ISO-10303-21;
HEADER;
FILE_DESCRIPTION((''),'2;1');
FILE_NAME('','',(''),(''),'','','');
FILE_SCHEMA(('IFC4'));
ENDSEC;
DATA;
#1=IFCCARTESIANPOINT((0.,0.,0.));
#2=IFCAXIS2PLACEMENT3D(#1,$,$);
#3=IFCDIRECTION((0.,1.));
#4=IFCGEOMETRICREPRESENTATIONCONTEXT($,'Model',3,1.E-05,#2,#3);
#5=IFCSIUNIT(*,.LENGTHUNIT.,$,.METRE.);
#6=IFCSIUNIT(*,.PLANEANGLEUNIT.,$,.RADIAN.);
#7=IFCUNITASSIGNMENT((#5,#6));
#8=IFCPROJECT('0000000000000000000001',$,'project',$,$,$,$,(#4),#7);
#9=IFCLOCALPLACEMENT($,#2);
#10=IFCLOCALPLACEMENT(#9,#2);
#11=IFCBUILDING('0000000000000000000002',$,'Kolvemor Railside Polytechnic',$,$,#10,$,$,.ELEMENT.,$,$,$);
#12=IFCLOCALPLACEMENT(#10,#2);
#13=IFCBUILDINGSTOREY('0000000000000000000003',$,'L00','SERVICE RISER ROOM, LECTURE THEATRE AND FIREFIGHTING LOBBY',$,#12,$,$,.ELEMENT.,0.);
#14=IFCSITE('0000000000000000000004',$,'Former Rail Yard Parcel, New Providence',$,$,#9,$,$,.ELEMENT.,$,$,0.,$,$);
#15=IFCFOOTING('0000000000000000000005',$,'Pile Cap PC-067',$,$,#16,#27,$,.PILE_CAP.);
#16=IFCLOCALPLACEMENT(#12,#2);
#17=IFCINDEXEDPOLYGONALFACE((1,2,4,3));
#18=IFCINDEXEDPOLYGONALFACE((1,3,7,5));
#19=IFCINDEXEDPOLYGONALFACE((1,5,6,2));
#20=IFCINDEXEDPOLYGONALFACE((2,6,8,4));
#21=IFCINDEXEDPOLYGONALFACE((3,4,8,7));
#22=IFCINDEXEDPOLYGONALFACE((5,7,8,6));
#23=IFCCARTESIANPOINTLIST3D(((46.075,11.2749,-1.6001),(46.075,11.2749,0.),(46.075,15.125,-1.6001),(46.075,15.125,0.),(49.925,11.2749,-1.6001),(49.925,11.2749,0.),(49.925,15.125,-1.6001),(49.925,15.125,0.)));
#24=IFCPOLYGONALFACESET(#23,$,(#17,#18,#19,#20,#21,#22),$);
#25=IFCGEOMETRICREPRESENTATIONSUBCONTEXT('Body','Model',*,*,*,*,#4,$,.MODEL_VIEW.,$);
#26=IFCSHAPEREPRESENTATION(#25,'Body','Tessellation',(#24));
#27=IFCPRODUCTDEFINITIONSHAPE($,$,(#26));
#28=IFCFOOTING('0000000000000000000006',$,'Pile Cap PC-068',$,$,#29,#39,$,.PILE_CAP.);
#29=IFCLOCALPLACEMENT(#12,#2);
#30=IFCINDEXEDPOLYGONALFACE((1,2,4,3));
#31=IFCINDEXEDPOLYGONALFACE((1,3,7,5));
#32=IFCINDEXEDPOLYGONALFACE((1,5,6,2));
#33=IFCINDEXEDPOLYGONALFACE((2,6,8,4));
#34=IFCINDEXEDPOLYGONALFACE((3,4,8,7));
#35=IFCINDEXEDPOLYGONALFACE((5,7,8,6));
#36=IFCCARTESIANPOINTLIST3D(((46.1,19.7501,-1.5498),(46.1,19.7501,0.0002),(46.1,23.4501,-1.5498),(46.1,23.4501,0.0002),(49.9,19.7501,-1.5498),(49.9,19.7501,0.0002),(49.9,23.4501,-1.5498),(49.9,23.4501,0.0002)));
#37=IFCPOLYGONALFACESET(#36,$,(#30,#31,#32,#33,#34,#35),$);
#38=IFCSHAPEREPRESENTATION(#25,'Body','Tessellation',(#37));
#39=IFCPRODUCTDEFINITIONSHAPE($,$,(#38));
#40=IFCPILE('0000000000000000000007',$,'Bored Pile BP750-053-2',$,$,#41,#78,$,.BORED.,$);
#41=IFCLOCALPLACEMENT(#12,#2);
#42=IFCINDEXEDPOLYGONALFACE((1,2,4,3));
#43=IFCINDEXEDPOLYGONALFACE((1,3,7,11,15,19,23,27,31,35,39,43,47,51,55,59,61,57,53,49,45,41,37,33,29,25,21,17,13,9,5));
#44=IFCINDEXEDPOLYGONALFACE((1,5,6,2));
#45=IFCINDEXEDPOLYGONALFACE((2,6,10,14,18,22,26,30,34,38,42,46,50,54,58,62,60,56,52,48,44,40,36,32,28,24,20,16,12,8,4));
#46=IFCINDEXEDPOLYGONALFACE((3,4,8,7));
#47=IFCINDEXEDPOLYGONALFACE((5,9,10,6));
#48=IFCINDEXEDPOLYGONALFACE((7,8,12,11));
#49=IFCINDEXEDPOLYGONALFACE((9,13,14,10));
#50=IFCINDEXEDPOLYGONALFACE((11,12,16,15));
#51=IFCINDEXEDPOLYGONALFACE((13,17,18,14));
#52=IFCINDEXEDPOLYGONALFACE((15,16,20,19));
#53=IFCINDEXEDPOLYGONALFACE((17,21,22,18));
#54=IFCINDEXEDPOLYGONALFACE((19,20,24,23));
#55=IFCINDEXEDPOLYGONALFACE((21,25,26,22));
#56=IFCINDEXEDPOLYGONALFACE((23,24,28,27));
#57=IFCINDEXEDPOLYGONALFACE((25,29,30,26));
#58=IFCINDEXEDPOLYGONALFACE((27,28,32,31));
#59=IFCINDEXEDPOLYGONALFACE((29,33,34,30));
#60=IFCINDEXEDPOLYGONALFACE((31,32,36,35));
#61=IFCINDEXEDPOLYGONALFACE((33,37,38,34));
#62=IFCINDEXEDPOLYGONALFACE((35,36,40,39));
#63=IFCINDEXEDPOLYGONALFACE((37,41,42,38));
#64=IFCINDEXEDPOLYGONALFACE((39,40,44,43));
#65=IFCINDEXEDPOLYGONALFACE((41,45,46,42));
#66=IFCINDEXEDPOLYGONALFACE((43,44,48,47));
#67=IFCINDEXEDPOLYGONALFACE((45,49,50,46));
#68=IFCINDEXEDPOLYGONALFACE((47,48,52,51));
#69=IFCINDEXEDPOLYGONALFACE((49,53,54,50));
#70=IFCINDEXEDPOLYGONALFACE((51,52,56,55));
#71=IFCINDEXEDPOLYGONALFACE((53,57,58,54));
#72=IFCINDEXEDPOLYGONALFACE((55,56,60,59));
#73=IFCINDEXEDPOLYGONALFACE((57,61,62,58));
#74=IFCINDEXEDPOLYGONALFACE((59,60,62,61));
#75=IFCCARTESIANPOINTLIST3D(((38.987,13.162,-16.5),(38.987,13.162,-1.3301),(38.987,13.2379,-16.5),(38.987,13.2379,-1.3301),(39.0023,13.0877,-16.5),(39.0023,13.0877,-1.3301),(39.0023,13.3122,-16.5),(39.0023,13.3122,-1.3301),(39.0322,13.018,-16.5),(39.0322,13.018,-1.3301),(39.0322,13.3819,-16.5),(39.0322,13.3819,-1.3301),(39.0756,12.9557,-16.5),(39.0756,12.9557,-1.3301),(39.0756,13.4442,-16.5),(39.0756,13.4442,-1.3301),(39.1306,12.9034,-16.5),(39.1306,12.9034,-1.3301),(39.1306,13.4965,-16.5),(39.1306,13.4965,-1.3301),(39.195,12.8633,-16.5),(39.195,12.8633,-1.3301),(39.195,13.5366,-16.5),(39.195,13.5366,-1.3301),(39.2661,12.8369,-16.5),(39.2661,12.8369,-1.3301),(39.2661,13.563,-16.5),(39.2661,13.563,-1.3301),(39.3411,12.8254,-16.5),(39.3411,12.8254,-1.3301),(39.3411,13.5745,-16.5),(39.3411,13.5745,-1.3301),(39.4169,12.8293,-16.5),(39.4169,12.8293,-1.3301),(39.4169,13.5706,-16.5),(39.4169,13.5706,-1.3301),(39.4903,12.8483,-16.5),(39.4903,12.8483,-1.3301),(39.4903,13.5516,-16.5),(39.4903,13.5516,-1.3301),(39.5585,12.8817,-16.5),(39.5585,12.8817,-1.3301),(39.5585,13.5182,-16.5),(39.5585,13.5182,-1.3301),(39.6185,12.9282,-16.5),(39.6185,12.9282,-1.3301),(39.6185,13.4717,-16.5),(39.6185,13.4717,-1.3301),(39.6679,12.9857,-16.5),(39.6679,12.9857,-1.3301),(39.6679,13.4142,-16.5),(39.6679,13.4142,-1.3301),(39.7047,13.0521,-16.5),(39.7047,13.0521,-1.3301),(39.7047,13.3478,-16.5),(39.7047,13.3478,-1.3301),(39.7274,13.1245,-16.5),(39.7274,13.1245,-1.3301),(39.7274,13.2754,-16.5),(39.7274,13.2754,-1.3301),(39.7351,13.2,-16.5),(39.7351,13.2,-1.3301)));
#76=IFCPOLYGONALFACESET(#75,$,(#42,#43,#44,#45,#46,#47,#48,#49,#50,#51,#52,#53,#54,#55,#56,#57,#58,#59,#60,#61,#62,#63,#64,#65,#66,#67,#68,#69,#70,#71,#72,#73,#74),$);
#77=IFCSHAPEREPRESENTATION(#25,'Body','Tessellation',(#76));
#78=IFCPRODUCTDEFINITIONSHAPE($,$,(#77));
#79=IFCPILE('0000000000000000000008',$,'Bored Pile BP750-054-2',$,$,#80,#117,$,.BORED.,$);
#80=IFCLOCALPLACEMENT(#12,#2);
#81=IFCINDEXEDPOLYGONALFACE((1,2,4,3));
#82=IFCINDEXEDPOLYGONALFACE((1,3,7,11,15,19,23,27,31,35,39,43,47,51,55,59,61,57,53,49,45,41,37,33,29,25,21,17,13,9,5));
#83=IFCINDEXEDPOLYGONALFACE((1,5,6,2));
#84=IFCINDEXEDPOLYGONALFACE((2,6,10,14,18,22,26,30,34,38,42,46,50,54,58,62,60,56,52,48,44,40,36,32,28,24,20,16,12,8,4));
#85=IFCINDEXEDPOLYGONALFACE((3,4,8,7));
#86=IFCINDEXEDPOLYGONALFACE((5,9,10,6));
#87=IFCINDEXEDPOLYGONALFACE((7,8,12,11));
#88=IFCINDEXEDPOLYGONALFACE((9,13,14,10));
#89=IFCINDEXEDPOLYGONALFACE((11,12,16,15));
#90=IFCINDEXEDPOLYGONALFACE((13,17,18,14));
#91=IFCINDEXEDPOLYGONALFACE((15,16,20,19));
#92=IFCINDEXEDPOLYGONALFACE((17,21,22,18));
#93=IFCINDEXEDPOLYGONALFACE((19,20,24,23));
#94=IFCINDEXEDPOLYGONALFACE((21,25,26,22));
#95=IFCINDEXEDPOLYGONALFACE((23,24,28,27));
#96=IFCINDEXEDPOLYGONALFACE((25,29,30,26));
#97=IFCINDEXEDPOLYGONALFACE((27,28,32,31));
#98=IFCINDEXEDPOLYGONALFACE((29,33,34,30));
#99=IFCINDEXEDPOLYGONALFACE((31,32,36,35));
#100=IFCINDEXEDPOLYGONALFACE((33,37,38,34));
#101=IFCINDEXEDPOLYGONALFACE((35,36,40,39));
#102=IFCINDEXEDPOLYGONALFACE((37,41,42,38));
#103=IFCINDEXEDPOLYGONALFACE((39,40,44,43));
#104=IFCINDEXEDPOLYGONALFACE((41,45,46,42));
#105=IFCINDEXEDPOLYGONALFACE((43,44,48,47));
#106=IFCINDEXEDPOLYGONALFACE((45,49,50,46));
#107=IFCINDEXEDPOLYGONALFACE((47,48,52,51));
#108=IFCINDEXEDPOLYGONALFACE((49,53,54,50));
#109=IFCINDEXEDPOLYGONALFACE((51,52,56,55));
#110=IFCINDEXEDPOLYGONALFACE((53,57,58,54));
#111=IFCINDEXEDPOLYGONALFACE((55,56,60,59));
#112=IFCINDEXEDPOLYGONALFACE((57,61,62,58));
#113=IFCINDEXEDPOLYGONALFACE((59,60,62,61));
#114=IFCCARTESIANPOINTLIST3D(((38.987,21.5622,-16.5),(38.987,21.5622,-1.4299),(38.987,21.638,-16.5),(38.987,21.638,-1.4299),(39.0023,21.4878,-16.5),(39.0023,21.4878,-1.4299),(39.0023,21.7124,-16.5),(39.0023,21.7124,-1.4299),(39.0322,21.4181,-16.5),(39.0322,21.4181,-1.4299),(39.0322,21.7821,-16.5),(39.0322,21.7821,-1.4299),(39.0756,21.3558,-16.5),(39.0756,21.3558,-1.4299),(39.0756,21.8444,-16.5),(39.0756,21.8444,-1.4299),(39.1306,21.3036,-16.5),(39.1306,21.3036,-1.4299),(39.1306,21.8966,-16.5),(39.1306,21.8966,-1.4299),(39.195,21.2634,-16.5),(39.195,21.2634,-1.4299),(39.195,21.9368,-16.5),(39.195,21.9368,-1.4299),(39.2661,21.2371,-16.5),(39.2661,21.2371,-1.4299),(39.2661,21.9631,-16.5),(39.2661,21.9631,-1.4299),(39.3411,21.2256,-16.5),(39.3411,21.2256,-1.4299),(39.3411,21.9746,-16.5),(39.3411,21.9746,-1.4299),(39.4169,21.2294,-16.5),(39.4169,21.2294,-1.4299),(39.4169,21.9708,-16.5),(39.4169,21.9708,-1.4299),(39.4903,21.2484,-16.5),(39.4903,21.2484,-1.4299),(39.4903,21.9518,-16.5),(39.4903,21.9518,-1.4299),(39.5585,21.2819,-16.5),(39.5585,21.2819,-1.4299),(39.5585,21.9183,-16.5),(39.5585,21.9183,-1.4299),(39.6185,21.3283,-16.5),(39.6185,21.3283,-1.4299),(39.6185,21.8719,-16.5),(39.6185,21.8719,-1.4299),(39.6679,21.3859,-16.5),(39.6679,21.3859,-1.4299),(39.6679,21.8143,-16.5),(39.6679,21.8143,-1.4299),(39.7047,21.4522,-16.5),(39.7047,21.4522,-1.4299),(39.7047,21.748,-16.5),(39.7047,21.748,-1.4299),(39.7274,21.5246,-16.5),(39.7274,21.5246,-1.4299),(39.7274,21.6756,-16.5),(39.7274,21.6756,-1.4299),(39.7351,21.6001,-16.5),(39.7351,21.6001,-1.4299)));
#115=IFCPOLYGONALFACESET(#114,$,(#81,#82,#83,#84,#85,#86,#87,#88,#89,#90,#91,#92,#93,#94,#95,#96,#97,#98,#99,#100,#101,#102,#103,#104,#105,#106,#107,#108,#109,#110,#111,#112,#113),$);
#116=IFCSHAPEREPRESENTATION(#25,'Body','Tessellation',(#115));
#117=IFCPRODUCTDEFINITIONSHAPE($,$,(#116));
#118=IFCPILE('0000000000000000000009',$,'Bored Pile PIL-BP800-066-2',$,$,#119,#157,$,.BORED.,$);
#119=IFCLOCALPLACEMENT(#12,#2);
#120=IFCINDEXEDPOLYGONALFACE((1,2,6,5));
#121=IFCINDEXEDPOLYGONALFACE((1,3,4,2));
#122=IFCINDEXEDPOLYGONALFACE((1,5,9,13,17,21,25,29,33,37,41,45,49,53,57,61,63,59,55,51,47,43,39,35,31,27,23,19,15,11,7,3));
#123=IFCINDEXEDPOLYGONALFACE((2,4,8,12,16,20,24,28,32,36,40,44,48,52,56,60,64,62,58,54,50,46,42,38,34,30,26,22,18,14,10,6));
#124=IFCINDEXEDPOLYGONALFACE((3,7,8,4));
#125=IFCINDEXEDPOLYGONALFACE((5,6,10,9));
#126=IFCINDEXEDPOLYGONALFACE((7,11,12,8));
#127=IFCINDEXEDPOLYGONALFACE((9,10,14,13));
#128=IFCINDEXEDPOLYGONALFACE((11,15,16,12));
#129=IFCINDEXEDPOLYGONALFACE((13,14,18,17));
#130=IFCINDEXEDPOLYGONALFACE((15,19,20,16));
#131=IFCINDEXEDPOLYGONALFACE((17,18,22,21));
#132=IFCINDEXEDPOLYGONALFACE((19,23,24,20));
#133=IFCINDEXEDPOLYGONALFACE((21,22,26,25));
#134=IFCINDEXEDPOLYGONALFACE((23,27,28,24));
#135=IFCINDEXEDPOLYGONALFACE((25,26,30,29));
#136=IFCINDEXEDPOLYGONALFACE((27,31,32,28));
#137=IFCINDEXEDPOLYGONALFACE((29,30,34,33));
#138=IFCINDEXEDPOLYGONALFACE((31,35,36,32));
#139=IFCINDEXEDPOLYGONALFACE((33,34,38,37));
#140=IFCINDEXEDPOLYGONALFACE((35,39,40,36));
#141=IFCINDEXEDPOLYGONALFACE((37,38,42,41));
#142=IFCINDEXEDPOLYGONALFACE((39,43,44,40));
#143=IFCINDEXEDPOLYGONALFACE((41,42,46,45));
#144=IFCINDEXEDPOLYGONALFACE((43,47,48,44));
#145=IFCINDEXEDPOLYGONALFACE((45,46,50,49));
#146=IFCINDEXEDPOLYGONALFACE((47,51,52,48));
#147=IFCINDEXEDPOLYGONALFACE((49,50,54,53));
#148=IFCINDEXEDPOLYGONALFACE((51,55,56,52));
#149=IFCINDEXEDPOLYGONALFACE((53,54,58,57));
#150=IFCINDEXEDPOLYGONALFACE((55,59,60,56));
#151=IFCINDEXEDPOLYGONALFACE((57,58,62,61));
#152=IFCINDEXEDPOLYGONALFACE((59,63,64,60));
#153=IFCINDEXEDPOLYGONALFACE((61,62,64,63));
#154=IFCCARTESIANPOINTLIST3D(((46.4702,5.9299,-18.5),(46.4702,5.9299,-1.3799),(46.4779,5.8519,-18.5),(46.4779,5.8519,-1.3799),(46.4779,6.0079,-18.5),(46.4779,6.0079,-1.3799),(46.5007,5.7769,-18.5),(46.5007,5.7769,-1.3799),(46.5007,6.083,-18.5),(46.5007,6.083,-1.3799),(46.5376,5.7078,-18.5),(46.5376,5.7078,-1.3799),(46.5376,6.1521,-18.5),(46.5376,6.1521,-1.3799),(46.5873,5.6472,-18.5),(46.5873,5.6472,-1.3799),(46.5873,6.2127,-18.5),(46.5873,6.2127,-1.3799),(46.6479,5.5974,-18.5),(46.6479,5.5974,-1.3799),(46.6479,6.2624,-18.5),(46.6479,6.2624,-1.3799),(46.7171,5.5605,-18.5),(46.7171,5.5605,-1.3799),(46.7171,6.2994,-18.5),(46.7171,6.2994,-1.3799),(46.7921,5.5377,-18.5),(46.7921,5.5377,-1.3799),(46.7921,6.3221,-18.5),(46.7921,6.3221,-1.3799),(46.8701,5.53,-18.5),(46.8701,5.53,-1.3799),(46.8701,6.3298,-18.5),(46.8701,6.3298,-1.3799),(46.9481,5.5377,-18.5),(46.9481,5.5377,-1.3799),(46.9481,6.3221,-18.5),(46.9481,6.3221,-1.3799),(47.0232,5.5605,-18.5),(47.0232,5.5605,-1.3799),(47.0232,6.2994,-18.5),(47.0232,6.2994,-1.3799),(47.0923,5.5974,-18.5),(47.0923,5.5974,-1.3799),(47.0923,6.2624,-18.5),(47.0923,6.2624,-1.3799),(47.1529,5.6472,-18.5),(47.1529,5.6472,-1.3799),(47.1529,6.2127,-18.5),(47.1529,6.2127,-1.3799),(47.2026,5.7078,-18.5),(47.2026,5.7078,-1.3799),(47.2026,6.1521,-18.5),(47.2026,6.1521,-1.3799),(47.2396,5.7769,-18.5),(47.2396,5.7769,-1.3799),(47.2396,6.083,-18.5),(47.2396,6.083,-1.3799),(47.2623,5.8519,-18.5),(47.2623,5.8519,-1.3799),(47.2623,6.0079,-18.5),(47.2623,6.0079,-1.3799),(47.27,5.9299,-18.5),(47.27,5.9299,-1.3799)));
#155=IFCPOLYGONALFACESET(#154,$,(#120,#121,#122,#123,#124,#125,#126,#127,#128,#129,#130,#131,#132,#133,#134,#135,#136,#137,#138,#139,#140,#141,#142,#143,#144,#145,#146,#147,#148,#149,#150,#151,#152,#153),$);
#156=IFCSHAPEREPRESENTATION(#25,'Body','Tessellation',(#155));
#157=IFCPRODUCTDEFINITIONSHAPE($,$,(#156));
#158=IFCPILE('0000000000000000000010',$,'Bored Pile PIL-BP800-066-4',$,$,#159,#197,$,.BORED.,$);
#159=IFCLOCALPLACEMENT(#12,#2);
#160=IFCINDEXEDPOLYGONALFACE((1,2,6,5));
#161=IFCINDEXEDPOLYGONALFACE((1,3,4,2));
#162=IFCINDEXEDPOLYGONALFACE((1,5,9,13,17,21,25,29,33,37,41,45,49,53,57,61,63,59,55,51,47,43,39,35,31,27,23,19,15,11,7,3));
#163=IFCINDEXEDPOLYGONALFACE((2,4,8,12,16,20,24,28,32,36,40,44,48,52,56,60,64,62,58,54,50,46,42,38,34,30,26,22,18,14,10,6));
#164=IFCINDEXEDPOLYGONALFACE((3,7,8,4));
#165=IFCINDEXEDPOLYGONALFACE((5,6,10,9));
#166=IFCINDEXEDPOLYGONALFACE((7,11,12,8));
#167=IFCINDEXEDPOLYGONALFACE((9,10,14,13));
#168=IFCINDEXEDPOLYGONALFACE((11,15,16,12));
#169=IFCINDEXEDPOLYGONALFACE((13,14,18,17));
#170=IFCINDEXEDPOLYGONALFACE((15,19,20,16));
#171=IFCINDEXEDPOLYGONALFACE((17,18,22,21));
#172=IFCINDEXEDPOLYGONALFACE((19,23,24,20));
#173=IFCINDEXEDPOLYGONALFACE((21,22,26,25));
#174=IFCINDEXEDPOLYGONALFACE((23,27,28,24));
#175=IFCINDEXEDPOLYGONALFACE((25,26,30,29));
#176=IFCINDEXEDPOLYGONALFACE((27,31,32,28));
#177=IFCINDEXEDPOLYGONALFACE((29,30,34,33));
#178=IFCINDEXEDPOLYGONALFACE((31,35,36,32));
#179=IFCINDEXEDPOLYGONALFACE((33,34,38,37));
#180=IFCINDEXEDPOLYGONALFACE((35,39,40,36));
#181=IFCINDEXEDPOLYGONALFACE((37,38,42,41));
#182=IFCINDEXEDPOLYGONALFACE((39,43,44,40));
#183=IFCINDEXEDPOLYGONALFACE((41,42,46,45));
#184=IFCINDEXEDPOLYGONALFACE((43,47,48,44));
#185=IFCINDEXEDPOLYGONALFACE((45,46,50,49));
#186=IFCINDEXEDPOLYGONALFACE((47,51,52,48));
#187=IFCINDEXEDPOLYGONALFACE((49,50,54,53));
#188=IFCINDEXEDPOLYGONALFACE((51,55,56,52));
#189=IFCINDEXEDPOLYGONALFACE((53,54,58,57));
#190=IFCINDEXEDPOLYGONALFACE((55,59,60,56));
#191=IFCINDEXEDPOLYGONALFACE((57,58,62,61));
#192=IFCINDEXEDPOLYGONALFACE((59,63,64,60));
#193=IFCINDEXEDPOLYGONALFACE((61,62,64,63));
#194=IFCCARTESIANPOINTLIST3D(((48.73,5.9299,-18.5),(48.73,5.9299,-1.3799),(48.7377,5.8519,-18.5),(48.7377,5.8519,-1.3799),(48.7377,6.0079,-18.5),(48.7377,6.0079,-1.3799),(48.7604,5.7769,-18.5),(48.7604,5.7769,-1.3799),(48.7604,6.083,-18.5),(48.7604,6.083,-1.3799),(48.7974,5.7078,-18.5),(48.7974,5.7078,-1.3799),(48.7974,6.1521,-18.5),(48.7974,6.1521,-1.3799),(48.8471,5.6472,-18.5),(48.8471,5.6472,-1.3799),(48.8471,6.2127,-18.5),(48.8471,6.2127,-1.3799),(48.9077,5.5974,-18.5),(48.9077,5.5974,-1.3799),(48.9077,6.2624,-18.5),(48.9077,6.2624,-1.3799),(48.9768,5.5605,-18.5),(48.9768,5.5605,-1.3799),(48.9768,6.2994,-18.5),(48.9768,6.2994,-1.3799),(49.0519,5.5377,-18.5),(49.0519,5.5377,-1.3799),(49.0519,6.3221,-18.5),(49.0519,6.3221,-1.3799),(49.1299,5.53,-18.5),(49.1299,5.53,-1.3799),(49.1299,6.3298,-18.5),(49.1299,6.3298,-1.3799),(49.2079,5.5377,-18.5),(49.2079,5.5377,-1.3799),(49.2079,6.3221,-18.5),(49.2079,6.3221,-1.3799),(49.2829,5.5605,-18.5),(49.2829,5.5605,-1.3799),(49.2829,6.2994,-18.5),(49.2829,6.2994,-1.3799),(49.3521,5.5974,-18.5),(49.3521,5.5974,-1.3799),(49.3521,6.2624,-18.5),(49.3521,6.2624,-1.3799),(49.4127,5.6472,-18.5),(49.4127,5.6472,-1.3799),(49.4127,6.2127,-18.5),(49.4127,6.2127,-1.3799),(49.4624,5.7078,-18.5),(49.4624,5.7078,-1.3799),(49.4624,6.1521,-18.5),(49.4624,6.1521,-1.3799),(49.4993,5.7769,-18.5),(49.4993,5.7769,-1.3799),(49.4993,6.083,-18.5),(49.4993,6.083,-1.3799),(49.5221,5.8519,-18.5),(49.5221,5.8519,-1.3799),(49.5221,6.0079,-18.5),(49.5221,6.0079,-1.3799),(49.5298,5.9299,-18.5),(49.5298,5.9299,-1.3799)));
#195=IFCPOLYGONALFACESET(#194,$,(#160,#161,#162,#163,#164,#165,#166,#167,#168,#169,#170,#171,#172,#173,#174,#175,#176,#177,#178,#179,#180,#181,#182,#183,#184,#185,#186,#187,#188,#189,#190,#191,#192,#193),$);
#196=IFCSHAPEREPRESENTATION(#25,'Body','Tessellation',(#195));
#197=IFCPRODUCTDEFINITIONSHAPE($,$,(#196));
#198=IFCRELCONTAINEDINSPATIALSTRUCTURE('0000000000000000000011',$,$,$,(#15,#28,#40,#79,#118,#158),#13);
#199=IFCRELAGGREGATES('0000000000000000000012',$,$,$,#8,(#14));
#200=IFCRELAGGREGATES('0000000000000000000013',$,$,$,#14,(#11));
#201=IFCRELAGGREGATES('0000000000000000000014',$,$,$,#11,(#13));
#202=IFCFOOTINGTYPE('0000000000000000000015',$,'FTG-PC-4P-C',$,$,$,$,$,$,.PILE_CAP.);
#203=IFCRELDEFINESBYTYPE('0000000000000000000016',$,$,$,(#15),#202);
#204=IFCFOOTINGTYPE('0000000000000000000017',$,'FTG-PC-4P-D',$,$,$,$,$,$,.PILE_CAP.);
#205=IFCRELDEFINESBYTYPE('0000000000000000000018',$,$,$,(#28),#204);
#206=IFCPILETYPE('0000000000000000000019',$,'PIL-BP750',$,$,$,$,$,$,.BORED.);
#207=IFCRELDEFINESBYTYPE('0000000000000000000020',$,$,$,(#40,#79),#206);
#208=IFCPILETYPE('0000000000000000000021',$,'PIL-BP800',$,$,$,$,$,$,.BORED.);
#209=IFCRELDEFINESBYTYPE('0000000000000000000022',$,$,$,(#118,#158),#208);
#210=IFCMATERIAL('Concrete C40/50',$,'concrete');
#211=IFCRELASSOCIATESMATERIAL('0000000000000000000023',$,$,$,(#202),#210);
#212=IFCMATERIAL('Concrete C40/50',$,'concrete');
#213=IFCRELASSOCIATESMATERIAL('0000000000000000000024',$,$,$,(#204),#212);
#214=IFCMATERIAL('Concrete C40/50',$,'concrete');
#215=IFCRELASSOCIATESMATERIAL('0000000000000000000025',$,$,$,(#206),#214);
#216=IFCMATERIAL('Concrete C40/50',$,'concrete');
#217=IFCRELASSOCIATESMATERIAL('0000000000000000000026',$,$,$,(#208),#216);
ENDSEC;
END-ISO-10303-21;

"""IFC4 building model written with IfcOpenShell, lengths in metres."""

from ifc_helpers import new_model, si_unit, direction, frame, origin, origin_2d, place, context, subcontext, project, spatial, rectangle, circle, extrude, material, material_profile, profile_set, type_object, element, save


model = new_model("IFC4")

# Units and contexts
model_context = context("Model", 3, precision=1e-05, world=origin(), true_north=direction((0.0, 1.0)))
body_context = subcontext(model_context, "Body", "Model", "MODEL_VIEW")
ifc_project = project(units=[si_unit("LENGTHUNIT", "METRE"), si_unit("PLANEANGLEUNIT", "RADIAN")], contexts=[model_context])

# Site, building, storey
site_placement = place(None, origin())
site = spatial("IfcSite", under=ifc_project, at=site_placement, Name="Former Rail Yard Parcel, New Providence", CompositionType="ELEMENT", RefElevation=0.0)
building_placement = place(site_placement, origin())
building = spatial("IfcBuilding", under=site, at=building_placement, Name="Kolvemor Railside Polytechnic", CompositionType="ELEMENT")
storey_placement = place(building_placement, origin())
storey = spatial("IfcBuildingStorey", under=building, at=storey_placement, Name="L00", Description="SERVICE RISER ROOM, LECTURE THEATRE AND FIREFIGHTING LOBBY", CompositionType="ELEMENT", Elevation=0.0)

# Footings
ifc_material_1 = material(Name="Concrete C40/50", Category="concrete")
footing_type_1 = type_object("IfcFootingType", Name="FTG-PC-4P-C", PredefinedType="PILE_CAP", material=ifc_material_1)
footing_1_placement = place(storey_placement, frame((48.0, 13.2, -1.6001), z_axis=(0.0, 0.0, 1.0), x_axis=(1.0, 0.0, 0.0)))
element("IfcFooting", 1, at=footing_1_placement, inside=storey, type_object=footing_type_1, Name="Pile Cap PC-067", PredefinedType="PILE_CAP", context=body_context, shape_type="SweptSolid", body=[
    extrude(rectangle(XDim=3.8501, YDim=3.8501, at=origin_2d()), origin(), (0.0, 0.0, 1.0), 1.6001),
])
ifc_material_2 = material(Name="Concrete C40/50", Category="concrete")
footing_type_2 = type_object("IfcFootingType", Name="FTG-PC-4P-D", PredefinedType="PILE_CAP", material=ifc_material_2)
footing_2_placement = place(storey_placement, frame((48.0, 21.6001, -1.5498), z_axis=(0.0, 0.0, 1.0), x_axis=(1.0, 0.0, 0.0)))
element("IfcFooting", 2, at=footing_2_placement, inside=storey, type_object=footing_type_2, Name="Pile Cap PC-068", PredefinedType="PILE_CAP", context=body_context, shape_type="SweptSolid", body=[
    extrude(rectangle(XDim=3.8, YDim=3.7, at=origin_2d()), origin(), (0.0, 0.0, 1.0), 1.55),
])

# Piles
ifc_material_3 = material(Name="Concrete C40/50", Category="concrete")
ifc_material_profile_1 = material_profile(ifc_material_3, circle(Radius=0.375, at=origin_2d()), Name="BP750")
ifc_profile_set_1 = profile_set([ifc_material_profile_1], Name="Concrete C40/50")
pile_type_1 = type_object("IfcPileType", Name="PIL-BP750", PredefinedType="BORED", material=ifc_profile_set_1)
pile_1_placement = place(storey_placement, frame((39.3601, 13.2, -1.3301), z_axis=(0.0, 0.0, -1.0), x_axis=(1.0, 0.0, 0.0)))
element("IfcPile", 3, at=pile_1_placement, inside=storey, type_object=pile_type_1, Name="Bored Pile BP750-053-2", PredefinedType="BORED", context=body_context, shape_type="SweptSolid", body=[
    extrude(circle(Radius=0.375, at=origin_2d()), origin(), (0.0, 0.0, 1.0), 15.1699),
])
pile_2_placement = place(storey_placement, frame((39.3601, 21.6001, -1.4299), z_axis=(0.0, 0.0, -1.0), x_axis=(1.0, 0.0, 0.0)))
element("IfcPile", 4, at=pile_2_placement, inside=storey, type_object=pile_type_1, Name="Bored Pile BP750-054-2", PredefinedType="BORED", context=body_context, shape_type="SweptSolid", body=[
    extrude(circle(Radius=0.375, at=origin_2d()), origin(), (0.0, 0.0, 1.0), 15.0701),
])
ifc_material_4 = material(Name="Concrete C40/50", Category="concrete")
ifc_material_profile_2 = material_profile(ifc_material_4, circle(Radius=0.3999, at=origin_2d()), Name="BP800")
ifc_profile_set_2 = profile_set([ifc_material_profile_2], Name="Concrete C40/50")
pile_type_2 = type_object("IfcPileType", Name="PIL-BP800", PredefinedType="BORED", material=ifc_profile_set_2)
for number, where, z_axis, x_axis, name in (
    (5, (46.8701, 5.9299, -1.3799), (0.0, 0.0, -1.0), (1.0, 0.0, 0.0), "Bored Pile PIL-BP800-066-2"),
    (6, (49.1299, 5.9299, -1.3799), (0.0, 0.0, -1.0), (1.0, 0.0, 0.0), "Bored Pile PIL-BP800-066-4"),
):
    element("IfcPile", number, at=place(storey_placement, frame(where, z_axis=z_axis, x_axis=x_axis)), inside=storey, type_object=pile_type_2, Name=name, PredefinedType="BORED", context=body_context, shape_type="SweptSolid", body=[
        extrude(circle(Radius=0.3999, at=origin_2d()), origin(), (0.0, 0.0, 1.0), 17.1201),
    ])

save(model, "model.ifc")
